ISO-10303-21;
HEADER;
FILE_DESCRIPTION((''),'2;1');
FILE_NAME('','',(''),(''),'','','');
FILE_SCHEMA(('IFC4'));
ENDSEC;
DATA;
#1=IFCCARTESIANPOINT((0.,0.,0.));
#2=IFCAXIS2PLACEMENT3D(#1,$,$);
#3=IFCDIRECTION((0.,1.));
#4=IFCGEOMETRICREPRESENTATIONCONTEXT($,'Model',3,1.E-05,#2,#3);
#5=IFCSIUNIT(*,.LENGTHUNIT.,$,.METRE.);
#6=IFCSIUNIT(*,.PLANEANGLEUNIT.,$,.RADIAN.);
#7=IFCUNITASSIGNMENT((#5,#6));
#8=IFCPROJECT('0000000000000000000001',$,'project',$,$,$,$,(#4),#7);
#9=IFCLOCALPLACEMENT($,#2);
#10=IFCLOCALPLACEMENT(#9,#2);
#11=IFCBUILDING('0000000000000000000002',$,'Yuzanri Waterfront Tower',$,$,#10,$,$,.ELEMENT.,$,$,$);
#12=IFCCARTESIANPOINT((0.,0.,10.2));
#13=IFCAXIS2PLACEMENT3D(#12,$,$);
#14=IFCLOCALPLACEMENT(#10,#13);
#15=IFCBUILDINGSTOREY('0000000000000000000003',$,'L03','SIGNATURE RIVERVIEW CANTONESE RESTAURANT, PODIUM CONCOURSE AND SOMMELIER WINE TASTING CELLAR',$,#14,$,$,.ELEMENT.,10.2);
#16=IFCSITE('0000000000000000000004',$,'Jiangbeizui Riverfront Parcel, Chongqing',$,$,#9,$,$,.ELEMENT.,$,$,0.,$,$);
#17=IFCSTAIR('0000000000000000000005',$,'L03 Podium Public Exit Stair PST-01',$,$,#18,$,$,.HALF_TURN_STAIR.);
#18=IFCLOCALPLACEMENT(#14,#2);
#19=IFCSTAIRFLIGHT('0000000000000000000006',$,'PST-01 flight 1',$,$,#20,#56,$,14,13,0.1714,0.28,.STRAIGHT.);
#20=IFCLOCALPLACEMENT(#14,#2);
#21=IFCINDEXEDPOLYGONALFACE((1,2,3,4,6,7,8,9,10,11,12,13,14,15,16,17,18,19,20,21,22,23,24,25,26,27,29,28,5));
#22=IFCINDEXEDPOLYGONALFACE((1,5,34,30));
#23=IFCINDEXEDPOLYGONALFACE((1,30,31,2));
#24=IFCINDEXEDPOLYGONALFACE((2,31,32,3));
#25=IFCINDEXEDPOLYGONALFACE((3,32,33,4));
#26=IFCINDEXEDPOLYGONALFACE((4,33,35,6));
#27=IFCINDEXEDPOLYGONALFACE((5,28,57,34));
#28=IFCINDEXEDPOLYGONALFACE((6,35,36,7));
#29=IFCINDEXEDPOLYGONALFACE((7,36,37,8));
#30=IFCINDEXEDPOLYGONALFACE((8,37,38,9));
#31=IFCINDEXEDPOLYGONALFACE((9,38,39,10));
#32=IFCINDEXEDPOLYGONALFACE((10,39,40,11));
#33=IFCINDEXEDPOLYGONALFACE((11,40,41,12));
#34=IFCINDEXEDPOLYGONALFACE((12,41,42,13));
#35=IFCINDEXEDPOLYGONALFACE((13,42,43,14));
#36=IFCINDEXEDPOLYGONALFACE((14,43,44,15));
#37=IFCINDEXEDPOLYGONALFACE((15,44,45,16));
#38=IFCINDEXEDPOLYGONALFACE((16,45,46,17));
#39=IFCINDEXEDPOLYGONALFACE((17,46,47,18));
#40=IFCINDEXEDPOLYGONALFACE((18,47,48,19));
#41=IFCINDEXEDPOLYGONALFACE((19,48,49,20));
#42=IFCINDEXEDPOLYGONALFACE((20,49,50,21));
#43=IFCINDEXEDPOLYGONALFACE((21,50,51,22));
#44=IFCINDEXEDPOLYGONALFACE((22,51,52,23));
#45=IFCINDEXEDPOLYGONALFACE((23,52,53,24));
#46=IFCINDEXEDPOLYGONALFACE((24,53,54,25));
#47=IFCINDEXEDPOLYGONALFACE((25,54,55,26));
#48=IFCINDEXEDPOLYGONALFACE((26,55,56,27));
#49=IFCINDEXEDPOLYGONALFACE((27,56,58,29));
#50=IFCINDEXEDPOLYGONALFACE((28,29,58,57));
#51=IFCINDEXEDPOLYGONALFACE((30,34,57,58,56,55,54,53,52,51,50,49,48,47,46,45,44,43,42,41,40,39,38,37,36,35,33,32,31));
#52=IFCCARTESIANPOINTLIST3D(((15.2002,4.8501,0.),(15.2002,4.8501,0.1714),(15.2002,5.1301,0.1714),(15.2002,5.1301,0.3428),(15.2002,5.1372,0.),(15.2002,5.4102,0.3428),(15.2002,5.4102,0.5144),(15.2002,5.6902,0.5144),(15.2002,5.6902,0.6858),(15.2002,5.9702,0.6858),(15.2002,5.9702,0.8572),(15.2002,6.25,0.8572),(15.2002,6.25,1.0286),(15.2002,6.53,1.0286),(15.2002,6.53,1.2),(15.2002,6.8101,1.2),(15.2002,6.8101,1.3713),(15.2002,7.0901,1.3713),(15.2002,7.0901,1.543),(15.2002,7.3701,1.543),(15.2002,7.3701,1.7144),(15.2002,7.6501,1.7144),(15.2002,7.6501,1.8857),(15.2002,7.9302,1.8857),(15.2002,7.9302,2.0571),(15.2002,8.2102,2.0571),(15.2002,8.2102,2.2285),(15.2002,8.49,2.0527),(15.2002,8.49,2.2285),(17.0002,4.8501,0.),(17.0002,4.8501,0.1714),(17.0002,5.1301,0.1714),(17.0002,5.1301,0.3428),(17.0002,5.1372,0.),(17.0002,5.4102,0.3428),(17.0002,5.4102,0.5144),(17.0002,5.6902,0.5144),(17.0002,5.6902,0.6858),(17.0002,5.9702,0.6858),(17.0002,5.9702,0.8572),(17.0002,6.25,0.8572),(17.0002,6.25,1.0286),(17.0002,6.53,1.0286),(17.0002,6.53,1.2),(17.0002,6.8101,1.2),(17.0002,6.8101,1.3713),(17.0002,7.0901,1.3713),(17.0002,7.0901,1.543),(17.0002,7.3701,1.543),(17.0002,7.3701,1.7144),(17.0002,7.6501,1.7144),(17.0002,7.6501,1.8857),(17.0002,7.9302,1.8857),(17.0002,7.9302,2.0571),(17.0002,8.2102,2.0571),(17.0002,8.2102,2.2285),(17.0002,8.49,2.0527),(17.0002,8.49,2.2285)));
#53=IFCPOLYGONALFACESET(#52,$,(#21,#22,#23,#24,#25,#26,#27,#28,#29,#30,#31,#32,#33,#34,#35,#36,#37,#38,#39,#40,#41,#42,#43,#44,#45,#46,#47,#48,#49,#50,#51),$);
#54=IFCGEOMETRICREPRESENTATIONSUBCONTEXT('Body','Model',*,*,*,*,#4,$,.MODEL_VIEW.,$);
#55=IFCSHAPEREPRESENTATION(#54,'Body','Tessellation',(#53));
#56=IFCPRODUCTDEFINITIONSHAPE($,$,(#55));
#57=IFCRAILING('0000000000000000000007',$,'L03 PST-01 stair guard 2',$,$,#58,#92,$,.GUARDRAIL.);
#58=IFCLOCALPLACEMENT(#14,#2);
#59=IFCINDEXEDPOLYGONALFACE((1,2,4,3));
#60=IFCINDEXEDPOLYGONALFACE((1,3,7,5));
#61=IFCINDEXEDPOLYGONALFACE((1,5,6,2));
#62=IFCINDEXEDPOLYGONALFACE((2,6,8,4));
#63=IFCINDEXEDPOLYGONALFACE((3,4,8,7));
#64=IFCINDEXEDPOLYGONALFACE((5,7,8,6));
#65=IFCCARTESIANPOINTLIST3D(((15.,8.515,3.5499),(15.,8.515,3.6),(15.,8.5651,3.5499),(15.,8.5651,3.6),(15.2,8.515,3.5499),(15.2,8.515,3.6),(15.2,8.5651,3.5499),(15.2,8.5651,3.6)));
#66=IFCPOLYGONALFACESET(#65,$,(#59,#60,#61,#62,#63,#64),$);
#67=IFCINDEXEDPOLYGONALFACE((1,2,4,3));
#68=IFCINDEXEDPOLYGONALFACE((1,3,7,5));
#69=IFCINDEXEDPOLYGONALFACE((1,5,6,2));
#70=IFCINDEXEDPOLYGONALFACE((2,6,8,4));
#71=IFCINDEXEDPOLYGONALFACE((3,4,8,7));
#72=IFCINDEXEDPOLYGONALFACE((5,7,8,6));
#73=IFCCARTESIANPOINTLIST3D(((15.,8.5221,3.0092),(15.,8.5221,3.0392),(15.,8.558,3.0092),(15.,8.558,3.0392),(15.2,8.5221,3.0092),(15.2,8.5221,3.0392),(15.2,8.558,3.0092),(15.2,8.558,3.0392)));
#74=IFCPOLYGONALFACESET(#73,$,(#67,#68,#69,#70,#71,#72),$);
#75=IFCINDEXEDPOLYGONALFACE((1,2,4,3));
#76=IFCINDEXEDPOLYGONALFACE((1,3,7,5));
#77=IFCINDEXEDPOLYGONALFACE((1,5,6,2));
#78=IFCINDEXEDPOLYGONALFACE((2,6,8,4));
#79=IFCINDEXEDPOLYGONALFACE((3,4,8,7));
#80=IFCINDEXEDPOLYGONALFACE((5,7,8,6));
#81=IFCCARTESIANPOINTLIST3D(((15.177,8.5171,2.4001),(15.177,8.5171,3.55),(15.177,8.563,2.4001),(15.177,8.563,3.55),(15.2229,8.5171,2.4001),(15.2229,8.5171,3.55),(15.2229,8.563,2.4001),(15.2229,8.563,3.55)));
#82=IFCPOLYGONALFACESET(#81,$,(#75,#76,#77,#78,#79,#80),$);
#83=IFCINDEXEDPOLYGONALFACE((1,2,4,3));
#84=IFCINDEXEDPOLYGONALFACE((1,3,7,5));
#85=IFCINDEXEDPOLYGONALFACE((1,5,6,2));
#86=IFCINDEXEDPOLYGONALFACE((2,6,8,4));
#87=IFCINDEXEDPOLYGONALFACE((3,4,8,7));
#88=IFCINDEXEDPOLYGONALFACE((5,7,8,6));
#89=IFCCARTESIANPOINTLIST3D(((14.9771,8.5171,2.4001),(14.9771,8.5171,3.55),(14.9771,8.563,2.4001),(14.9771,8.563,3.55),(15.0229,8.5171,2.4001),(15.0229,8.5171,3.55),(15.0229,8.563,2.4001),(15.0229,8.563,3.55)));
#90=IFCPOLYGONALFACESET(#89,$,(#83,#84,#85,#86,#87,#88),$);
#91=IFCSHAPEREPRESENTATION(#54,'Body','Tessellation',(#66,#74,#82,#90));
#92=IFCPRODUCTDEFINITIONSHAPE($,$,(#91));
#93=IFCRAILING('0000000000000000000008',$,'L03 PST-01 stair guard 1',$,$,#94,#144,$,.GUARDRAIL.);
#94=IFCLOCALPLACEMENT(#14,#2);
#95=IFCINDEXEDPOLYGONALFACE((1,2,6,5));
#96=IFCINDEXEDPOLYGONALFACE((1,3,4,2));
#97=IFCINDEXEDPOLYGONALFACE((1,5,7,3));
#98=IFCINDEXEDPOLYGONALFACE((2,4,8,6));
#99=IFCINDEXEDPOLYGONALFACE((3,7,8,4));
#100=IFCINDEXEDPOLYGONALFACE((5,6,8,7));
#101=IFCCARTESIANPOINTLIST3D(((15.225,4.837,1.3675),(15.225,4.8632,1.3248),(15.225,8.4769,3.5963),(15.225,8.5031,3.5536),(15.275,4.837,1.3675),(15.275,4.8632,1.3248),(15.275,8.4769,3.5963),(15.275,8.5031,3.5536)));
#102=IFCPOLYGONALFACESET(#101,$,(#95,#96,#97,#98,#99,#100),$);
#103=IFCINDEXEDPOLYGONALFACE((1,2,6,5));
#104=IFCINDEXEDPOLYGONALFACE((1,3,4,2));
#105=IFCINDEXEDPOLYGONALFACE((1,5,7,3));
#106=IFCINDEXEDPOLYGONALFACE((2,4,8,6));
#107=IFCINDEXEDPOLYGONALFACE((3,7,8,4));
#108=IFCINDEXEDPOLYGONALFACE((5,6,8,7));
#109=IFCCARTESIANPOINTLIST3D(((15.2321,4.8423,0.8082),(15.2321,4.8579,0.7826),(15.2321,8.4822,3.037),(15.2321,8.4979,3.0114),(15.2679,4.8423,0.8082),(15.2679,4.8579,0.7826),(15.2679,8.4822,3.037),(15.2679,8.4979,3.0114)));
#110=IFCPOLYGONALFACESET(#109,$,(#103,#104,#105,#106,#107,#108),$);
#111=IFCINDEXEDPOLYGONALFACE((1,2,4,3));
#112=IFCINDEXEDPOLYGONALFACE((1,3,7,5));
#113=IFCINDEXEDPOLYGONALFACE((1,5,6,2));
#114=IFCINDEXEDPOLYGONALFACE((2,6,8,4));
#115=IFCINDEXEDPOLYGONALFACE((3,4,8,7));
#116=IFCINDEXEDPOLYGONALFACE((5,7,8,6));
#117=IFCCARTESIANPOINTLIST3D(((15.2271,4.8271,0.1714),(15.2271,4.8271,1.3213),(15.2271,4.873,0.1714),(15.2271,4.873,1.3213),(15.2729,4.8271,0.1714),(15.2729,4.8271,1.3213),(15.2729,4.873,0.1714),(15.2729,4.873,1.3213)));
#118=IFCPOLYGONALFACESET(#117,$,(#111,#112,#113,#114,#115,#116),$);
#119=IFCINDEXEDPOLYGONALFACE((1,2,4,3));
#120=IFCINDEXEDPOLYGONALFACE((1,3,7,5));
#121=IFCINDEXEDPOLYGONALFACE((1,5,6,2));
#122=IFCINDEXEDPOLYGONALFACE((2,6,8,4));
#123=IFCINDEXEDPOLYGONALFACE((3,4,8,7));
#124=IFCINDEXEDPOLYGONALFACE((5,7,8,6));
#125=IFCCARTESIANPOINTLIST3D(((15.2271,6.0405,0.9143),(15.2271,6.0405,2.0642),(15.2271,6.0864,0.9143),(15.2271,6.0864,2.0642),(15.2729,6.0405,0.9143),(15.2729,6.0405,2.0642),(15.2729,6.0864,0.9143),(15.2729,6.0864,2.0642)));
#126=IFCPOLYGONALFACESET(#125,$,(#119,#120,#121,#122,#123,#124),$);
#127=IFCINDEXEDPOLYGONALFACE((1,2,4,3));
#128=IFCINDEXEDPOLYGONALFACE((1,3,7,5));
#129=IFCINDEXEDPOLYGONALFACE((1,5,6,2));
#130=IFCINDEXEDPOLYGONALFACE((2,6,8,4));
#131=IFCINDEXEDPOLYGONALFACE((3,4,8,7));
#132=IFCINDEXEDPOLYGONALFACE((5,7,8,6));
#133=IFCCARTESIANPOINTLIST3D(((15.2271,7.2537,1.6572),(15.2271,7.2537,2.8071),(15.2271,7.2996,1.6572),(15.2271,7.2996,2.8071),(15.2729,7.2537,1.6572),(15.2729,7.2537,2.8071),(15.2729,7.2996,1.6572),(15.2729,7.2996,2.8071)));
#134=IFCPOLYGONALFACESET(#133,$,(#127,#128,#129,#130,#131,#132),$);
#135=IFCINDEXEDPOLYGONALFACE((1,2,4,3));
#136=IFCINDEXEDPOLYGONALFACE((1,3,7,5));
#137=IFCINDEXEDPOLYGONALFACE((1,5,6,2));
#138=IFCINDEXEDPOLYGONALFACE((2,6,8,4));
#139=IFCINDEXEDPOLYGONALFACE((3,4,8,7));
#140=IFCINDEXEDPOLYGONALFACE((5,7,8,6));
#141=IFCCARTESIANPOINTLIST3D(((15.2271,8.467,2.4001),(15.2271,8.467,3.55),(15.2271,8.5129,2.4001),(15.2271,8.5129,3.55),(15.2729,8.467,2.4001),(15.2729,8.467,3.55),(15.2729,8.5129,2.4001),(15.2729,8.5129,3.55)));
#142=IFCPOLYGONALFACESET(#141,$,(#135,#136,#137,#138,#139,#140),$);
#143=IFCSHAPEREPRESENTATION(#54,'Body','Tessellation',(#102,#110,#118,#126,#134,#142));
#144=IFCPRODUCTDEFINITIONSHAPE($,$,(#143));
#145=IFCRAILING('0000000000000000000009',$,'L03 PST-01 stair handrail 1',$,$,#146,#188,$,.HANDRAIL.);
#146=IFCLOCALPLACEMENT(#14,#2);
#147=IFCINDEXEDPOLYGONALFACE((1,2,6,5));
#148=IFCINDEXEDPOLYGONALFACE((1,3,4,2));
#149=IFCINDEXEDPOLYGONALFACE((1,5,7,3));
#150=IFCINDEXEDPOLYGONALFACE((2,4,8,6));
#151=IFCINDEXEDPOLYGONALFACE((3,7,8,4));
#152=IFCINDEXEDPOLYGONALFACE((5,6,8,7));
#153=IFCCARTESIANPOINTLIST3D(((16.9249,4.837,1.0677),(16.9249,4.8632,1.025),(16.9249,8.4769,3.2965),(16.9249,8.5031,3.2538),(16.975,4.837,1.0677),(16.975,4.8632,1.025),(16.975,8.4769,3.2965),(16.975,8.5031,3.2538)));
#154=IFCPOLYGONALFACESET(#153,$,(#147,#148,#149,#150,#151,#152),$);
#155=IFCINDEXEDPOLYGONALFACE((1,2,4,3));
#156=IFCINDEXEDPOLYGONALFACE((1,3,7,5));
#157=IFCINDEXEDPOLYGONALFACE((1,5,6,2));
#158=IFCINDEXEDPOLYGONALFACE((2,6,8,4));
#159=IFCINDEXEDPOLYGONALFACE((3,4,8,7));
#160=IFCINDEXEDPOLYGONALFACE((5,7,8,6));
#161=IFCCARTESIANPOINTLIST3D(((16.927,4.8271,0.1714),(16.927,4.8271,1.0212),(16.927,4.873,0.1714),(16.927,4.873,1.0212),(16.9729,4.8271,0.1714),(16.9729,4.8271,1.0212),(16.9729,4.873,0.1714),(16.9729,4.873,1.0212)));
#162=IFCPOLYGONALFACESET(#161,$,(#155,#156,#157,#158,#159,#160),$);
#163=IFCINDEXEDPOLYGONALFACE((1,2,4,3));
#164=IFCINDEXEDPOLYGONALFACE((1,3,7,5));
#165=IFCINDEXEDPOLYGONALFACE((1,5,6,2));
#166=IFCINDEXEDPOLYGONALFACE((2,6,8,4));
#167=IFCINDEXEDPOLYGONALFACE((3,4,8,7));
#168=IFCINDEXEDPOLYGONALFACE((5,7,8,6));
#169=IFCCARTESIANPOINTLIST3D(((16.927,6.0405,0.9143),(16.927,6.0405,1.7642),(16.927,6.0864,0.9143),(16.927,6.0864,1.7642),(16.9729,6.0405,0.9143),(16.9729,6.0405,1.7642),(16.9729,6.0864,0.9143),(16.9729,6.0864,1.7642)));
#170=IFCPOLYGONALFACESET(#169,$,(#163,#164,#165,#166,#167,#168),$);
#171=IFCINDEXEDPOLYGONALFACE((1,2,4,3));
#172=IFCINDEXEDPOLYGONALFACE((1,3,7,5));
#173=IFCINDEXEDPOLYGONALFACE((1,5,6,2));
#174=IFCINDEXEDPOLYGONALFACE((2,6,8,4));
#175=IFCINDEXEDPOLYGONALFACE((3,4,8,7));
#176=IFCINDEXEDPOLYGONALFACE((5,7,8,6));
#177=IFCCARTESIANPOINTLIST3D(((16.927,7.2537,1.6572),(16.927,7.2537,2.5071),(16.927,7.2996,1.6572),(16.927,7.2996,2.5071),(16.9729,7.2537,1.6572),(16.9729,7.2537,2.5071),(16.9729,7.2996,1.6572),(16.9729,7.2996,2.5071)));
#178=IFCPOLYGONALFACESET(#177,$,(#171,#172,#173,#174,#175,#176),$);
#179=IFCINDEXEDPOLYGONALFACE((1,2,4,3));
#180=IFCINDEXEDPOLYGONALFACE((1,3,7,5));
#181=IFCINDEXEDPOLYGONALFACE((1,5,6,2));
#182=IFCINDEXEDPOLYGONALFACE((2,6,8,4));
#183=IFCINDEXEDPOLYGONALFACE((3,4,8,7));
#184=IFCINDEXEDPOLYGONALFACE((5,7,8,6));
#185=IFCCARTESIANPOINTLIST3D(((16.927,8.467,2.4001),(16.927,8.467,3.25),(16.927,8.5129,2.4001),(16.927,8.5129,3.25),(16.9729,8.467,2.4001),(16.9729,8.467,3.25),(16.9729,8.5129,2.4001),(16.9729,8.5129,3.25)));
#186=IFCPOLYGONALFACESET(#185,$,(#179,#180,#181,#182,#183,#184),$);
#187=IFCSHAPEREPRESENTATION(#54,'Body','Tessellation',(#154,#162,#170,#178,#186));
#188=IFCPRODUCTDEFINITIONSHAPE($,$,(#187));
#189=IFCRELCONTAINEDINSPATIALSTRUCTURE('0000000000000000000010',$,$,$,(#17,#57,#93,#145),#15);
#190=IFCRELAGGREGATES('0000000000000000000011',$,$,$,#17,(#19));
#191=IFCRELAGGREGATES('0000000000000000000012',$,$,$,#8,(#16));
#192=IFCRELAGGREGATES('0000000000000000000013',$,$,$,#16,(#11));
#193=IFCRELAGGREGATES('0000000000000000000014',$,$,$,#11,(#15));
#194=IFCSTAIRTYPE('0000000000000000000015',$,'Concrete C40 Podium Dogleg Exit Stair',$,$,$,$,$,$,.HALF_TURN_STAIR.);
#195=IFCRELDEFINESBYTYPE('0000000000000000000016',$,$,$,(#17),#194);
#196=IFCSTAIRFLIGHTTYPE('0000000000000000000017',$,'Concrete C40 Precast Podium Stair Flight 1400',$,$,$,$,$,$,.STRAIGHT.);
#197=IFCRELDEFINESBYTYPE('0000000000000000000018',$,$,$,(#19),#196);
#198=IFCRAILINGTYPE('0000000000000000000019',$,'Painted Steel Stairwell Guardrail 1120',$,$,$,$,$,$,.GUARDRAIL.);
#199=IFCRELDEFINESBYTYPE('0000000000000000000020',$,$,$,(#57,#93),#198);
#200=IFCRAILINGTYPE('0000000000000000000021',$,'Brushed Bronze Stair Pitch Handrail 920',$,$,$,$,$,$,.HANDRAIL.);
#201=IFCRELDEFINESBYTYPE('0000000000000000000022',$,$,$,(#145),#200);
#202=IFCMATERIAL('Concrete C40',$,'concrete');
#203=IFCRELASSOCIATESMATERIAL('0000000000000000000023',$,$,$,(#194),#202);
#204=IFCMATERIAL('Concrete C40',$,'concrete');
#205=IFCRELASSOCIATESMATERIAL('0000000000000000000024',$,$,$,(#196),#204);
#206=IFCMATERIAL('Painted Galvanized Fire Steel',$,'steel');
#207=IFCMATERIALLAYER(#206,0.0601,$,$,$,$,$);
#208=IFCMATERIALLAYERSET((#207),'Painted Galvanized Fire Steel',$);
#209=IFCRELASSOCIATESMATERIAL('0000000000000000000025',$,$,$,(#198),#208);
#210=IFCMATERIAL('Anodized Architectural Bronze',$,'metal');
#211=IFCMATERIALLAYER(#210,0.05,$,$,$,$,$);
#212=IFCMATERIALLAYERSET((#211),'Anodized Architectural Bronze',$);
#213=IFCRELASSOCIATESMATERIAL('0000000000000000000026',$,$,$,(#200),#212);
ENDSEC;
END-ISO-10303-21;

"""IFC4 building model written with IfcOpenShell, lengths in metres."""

from ifc_helpers import new_model, si_unit, direction, frame, origin, origin_2d, place, context, subcontext, project, spatial, polyline, rectangle, outline, extrude, source, transform, mapped, material, layer, layer_set, type_object, element, aggregate, save


model = new_model("IFC4")

# Units and contexts
model_context = context("Model", 3, precision=1e-05, world=origin(), true_north=direction((0.0, 1.0)))
body_context = subcontext(model_context, "Body", "Model", "MODEL_VIEW")
ifc_project = project(units=[si_unit("LENGTHUNIT", "METRE"), si_unit("PLANEANGLEUNIT", "RADIAN")], contexts=[model_context])

# Site, building, storey
site_placement = place(None, origin())
site = spatial("IfcSite", under=ifc_project, at=site_placement, Name="Jiangbeizui Riverfront Parcel, Chongqing", CompositionType="ELEMENT", RefElevation=0.0)
building_placement = place(site_placement, origin())
building = spatial("IfcBuilding", under=site, at=building_placement, Name="Yuzanri Waterfront Tower", CompositionType="ELEMENT")
storey_placement = place(building_placement, frame((0.0, 0.0, 10.2)))
storey = spatial("IfcBuildingStorey", under=building, at=storey_placement, Name="L03", Description="SIGNATURE RIVERVIEW CANTONESE RESTAURANT, PODIUM CONCOURSE AND SOMMELIER WINE TASTING CELLAR", CompositionType="ELEMENT", Elevation=10.2)

# Stair, stair flight
ifc_material_1 = material(Name="Concrete C40", Category="concrete")
stair_type = type_object("IfcStairType", Name="Concrete C40 Podium Dogleg Exit Stair", PredefinedType="HALF_TURN_STAIR", material=ifc_material_1)
stair_placement = place(storey_placement, origin())
stair = element("IfcStair", 1, at=stair_placement, inside=storey, type_object=stair_type, Name="L03 Podium Public Exit Stair PST-01", PredefinedType="HALF_TURN_STAIR")
ifc_material_2 = material(Name="Concrete C40", Category="concrete")
stair_flight_type = type_object("IfcStairFlightType", Name="Concrete C40 Precast Podium Stair Flight 1400", PredefinedType="STRAIGHT", material=ifc_material_2)
shared_shape_1 = source(origin(), body_context, "Body", "SweptSolid", [
    extrude(outline(polyline([(0.0, 0.0), (0.0, 0.1714), (0.28, 0.1714), (0.28, 0.3428), (0.5601, 0.3428), (0.5601, 0.5144), (0.8401, 0.5144), (0.8401, 0.6858), (1.1201, 0.6858), (1.1201, 0.8572), (1.3999, 0.8572), (1.3999, 1.0286), (1.6799, 1.0286), (1.6799, 1.2), (1.96, 1.2), (1.96, 1.3713), (2.24, 1.3713), (2.24, 1.543), (2.52, 1.543), (2.52, 1.7144), (2.8, 1.7144), (2.8, 1.8857), (3.0801, 1.8857), (3.0801, 2.0571), (3.3601, 2.0571), (3.3601, 2.2285), (3.6399, 2.2285), (3.6399, 2.3999), (3.6399, 2.0527), (0.2871, 0.0), (0.0, 0.0)])), frame((0.0, 0.8999, 0.0), z_axis=(0.0, -1.0, 0.0), x_axis=(1.0, 0.0, 0.0)), (0.0, 0.0, 1.0), 1.8),
])
stair_flight_placement = place(storey_placement, frame((16.1001, 4.8501, 0.0), z_axis=(0.0, 0.0, 1.0), x_axis=(0.0, 1.0, 0.0)))
stair_flight = element("IfcStairFlight", 2, at=stair_flight_placement, type_object=stair_flight_type, Name="PST-01 flight 1", NumberOfRisers=14, NumberOfTreads=13, PredefinedType="STRAIGHT", RiserHeight=0.1714, TreadLength=0.28, context=body_context, shape_type="MappedRepresentation", body=[
    mapped(shared_shape_1, transform((0.0, 0.0, 0.0), scale=1.0)),
])
aggregate(stair, [stair_flight])

# Railings
ifc_material_3 = material(Name="Painted Galvanized Fire Steel", Category="steel")
ifc_layer_1 = layer(ifc_material_3, 0.0601)
ifc_layer_set_1 = layer_set([ifc_layer_1], Name="Painted Galvanized Fire Steel")
railing_type_1 = type_object("IfcRailingType", Name="Painted Steel Stairwell Guardrail 1120", PredefinedType="GUARDRAIL", material=ifc_layer_set_1)
shared_shape_2 = source(origin(), body_context, "Body", "SweptSolid", [
    extrude(rectangle(XDim=0.05, YDim=0.05, at=origin_2d()), frame((0.0, 0.0, 1.1748), z_axis=(-1.0, 0.0, 0.0), x_axis=(0.0, -1.0, 0.0)), (0.0, 0.0, 1.0), 0.2),
    extrude(rectangle(XDim=0.0359, YDim=0.03, at=origin_2d()), frame((0.0, 0.0, 0.624), z_axis=(-1.0, 0.0, 0.0), x_axis=(0.0, -1.0, 0.0)), (0.0, 0.0, 1.0), 0.2),
    extrude(rectangle(XDim=0.0459, YDim=0.0459, at=origin_2d()), origin(), (0.0, 0.0, 1.0), 1.1499),
    extrude(rectangle(XDim=0.0459, YDim=0.0459, at=origin_2d()), frame((-0.2, 0.0, 0.0)), (0.0, 0.0, 1.0), 1.1499),
])
railing_1_placement = place(storey_placement, frame((15.2, 8.54, 2.4001)))
element("IfcRailing", 3, at=railing_1_placement, inside=storey, type_object=railing_type_1, Name="L03 PST-01 stair guard 2", PredefinedType="GUARDRAIL", context=body_context, shape_type="MappedRepresentation", body=[
    mapped(shared_shape_2, transform((0.0, 0.0, 0.0), scale=1.0)),
])
shared_shape_3 = source(origin(), body_context, "Body", "SweptSolid", [
    extrude(rectangle(XDim=0.05, YDim=0.05, at=origin_2d()), frame((0.0, 0.0, 1.1748), z_axis=(0.0, 0.852825, 0.522197), x_axis=(-1.0, 0.0, 0.0)), (0.0, 0.0, 1.0), 4.2681),
    extrude(rectangle(XDim=0.0359, YDim=0.03, at=origin_2d()), frame((0.0, 0.0, 0.624), z_axis=(0.0, 0.852825, 0.522197), x_axis=(-1.0, 0.0, 0.0)), (0.0, 0.0, 1.0), 4.2681),
    extrude(rectangle(XDim=0.0459, YDim=0.0459, at=origin_2d()), origin(), (0.0, 0.0, 1.0), 1.1499),
    extrude(rectangle(XDim=0.0459, YDim=0.0459, at=origin_2d()), frame((0.0, 1.2134, 0.7429)), (0.0, 0.0, 1.0), 1.1499),
    extrude(rectangle(XDim=0.0459, YDim=0.0459, at=origin_2d()), frame((0.0, 2.4265, 1.4858)), (0.0, 0.0, 1.0), 1.1499),
    extrude(rectangle(XDim=0.0459, YDim=0.0459, at=origin_2d()), frame((0.0, 3.6399, 2.2288)), (0.0, 0.0, 1.0), 1.1499),
])
railing_2_placement = place(storey_placement, frame((15.25, 4.8501, 0.1714)))
element("IfcRailing", 4, at=railing_2_placement, inside=storey, type_object=railing_type_1, Name="L03 PST-01 stair guard 1", PredefinedType="GUARDRAIL", context=body_context, shape_type="MappedRepresentation", body=[
    mapped(shared_shape_3, transform((0.0, 0.0, 0.0), scale=1.0)),
])
ifc_material_4 = material(Name="Anodized Architectural Bronze", Category="metal")
ifc_layer_2 = layer(ifc_material_4, 0.05)
ifc_layer_set_2 = layer_set([ifc_layer_2], Name="Anodized Architectural Bronze")
railing_type_2 = type_object("IfcRailingType", Name="Brushed Bronze Stair Pitch Handrail 920", PredefinedType="HANDRAIL", material=ifc_layer_set_2)
shared_shape_4 = source(origin(), body_context, "Body", "SweptSolid", [
    extrude(rectangle(XDim=0.05, YDim=0.05, at=origin_2d()), frame((0.0, 0.0, 0.875), z_axis=(0.0, 0.852825, 0.522197), x_axis=(-1.0, 0.0, 0.0)), (0.0, 0.0, 1.0), 4.2681),
    extrude(rectangle(XDim=0.0459, YDim=0.0459, at=origin_2d()), origin(), (0.0, 0.0, 1.0), 0.8499),
    extrude(rectangle(XDim=0.0459, YDim=0.0459, at=origin_2d()), frame((0.0, 1.2134, 0.7429)), (0.0, 0.0, 1.0), 0.8499),
    extrude(rectangle(XDim=0.0459, YDim=0.0459, at=origin_2d()), frame((0.0, 2.4265, 1.4858)), (0.0, 0.0, 1.0), 0.8499),
    extrude(rectangle(XDim=0.0459, YDim=0.0459, at=origin_2d()), frame((0.0, 3.6399, 2.2288)), (0.0, 0.0, 1.0), 0.8499),
])
railing_3_placement = place(storey_placement, frame((16.95, 4.8501, 0.1714)))
element("IfcRailing", 5, at=railing_3_placement, inside=storey, type_object=railing_type_2, Name="L03 PST-01 stair handrail 1", PredefinedType="HANDRAIL", context=body_context, shape_type="MappedRepresentation", body=[
    mapped(shared_shape_4, transform((0.0, 0.0, 0.0), scale=1.0)),
])

save(model, "model.ifc")
